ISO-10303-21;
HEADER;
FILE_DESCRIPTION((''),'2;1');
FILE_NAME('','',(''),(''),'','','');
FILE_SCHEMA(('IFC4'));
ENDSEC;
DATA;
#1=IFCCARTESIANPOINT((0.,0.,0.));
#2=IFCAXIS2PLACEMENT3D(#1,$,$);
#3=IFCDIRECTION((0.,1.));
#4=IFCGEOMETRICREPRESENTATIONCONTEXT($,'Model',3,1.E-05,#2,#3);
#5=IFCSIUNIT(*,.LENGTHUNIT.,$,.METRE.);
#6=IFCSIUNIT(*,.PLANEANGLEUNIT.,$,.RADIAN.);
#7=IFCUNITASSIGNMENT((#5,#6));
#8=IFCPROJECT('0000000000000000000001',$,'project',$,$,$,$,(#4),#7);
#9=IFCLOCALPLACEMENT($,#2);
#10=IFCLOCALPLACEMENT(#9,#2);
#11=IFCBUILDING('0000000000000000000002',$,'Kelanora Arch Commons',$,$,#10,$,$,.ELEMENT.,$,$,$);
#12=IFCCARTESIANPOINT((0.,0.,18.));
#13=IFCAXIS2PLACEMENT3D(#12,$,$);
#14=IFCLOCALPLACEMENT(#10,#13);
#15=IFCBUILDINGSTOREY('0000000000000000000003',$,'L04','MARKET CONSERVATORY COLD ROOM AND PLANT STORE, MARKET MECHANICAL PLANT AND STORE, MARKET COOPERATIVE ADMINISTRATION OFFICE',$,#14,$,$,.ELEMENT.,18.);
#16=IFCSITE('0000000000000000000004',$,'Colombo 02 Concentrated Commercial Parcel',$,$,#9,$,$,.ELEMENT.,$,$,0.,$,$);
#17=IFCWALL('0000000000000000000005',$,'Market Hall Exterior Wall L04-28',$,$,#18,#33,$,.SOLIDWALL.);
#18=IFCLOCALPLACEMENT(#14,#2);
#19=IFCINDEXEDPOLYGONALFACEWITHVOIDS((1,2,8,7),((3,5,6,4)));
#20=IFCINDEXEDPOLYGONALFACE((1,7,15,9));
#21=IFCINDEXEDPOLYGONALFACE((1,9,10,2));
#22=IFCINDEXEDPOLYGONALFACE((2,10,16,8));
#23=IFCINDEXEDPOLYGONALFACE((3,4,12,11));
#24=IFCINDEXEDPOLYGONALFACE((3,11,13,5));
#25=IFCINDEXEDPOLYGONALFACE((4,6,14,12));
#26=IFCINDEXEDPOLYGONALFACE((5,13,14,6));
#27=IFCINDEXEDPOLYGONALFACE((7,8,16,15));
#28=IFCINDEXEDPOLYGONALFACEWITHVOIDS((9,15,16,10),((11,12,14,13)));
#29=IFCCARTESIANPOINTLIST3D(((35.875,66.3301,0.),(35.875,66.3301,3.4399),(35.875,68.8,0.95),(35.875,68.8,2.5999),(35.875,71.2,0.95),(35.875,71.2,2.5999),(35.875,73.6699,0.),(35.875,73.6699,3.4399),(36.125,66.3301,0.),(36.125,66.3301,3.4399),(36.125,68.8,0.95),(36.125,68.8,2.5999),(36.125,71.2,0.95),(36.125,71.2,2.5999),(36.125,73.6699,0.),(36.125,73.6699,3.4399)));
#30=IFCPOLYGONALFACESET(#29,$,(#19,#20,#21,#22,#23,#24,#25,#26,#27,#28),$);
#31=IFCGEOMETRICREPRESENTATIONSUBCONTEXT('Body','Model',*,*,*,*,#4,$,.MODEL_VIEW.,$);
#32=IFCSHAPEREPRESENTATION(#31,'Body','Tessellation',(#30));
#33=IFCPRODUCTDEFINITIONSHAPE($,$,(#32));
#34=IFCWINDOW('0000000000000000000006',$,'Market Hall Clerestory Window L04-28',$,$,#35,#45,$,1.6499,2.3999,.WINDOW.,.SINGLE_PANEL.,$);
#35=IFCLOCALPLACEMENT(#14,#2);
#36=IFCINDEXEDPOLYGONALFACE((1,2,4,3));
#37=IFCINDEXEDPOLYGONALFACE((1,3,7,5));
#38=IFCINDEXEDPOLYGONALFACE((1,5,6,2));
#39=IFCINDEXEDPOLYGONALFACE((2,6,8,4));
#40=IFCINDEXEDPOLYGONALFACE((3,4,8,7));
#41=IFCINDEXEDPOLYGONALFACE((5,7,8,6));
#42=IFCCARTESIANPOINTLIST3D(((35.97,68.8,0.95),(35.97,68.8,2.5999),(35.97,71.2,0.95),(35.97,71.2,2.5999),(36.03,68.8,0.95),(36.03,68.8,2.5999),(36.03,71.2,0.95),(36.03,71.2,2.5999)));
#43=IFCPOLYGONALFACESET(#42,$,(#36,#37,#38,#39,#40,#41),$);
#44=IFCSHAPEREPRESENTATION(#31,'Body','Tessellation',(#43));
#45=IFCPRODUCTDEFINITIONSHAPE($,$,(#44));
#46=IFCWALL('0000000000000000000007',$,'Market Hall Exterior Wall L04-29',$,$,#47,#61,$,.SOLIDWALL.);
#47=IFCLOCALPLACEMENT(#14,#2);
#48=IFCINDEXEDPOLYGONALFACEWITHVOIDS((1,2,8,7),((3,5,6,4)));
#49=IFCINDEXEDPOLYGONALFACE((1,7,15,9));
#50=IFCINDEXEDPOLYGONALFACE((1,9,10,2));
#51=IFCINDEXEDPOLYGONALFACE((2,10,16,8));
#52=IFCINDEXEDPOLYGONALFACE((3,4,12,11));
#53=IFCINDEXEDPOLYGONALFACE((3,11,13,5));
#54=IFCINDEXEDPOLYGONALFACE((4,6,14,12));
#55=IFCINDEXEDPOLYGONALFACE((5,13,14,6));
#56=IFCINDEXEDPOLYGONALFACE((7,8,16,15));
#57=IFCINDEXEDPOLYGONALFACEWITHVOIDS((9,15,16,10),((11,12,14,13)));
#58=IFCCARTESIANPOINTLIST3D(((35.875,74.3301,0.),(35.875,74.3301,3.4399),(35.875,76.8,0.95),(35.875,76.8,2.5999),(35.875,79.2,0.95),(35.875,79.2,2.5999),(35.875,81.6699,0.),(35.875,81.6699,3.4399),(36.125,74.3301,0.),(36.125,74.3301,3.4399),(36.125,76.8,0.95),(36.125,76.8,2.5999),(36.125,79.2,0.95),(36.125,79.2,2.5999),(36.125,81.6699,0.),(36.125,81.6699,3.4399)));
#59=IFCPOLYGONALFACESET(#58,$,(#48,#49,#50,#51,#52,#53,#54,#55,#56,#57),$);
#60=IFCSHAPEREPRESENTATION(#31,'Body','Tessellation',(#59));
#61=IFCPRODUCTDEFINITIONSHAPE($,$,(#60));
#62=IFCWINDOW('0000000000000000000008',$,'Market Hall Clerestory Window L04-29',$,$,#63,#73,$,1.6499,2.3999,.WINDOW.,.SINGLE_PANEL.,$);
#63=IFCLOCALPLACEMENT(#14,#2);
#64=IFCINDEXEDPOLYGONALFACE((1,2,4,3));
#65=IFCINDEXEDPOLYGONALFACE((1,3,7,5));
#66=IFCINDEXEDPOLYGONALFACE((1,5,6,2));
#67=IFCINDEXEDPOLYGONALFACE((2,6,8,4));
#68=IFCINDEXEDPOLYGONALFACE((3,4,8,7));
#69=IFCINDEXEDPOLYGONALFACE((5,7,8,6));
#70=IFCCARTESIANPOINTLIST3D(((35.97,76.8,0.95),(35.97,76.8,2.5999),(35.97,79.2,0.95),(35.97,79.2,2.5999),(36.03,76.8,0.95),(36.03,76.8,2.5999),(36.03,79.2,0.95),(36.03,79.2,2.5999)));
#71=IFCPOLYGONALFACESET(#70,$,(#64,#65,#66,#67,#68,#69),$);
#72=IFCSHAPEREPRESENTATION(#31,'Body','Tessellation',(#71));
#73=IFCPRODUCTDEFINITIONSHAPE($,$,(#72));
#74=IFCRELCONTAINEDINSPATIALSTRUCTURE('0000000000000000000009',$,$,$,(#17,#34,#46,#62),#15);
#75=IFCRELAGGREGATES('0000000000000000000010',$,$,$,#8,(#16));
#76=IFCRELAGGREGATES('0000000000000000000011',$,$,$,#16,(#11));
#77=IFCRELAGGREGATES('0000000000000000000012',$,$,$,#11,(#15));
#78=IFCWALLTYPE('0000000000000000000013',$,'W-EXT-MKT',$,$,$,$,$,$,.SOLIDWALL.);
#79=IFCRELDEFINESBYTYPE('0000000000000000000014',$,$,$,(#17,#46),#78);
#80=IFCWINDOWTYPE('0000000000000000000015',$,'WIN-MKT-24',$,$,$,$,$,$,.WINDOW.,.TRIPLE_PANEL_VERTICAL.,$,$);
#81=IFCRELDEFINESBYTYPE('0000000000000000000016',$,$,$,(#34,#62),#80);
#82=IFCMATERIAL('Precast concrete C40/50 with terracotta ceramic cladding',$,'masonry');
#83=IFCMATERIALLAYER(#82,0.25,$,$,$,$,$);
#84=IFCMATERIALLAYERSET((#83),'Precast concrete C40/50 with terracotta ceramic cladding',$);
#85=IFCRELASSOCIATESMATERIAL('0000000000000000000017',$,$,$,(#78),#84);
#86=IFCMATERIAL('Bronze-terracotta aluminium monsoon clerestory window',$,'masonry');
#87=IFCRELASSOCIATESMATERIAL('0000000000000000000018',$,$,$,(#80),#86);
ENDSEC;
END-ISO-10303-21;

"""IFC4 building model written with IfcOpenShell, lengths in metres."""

from ifc_helpers import new_model, si_unit, direction, frame, frame_2d, origin, place, context, subcontext, project, spatial, rectangle, extrude, material, layer, layer_set, type_object, element, fill, save


model = new_model("IFC4")

# Units and contexts
model_context = context("Model", 3, precision=1e-05, world=origin(), true_north=direction((0.0, 1.0)))
body_context = subcontext(model_context, "Body", "Model", "MODEL_VIEW")
ifc_project = project(units=[si_unit("LENGTHUNIT", "METRE"), si_unit("PLANEANGLEUNIT", "RADIAN")], contexts=[model_context])

# Site, building, storey
site_placement = place(None, origin())
site = spatial("IfcSite", under=ifc_project, at=site_placement, Name="Colombo 02 Concentrated Commercial Parcel", CompositionType="ELEMENT", RefElevation=0.0)
building_placement = place(site_placement, origin())
building = spatial("IfcBuilding", under=site, at=building_placement, Name="Kelanora Arch Commons", CompositionType="ELEMENT")
storey_placement = place(building_placement, frame((0.0, 0.0, 18.0)))
storey = spatial("IfcBuildingStorey", under=building, at=storey_placement, Name="L04", Description="MARKET CONSERVATORY COLD ROOM AND PLANT STORE, MARKET MECHANICAL PLANT AND STORE, MARKET COOPERATIVE ADMINISTRATION OFFICE", CompositionType="ELEMENT", Elevation=18.0)

# Walls, openings, windows
ifc_material_1 = material(Name="Precast concrete C40/50 with terracotta ceramic cladding", Category="masonry")
ifc_layer_1 = layer(ifc_material_1, 0.25)
ifc_layer_set_1 = layer_set([ifc_layer_1], Name="Precast concrete C40/50 with terracotta ceramic cladding")
wall_type = type_object("IfcWallType", Name="W-EXT-MKT", PredefinedType="SOLIDWALL", material=ifc_layer_set_1)
wall_1_placement = place(storey_placement, frame((36.0, 66.3301, 0.0), z_axis=(0.0, 0.0, 1.0), x_axis=(0.0, 1.0, 0.0)))
wall_1 = element("IfcWall", 1, at=wall_1_placement, inside=storey, type_object=wall_type, Name="Market Hall Exterior Wall L04-28", PredefinedType="SOLIDWALL", context=body_context, shape_type="SweptSolid", body=[
    extrude(rectangle(XDim=7.3398, YDim=0.25, at=frame_2d((3.6699, 0.0))), origin(), (0.0, 0.0, 1.0), 3.4399),
])
opening_1_placement = place(wall_1_placement, frame((2.47, 0.0, 0.95)))
opening_1 = element("IfcOpeningElement", 2, at=opening_1_placement, cuts=wall_1, PredefinedType="OPENING", context=body_context, shape_type="SweptSolid", body=[
    extrude(rectangle(XDim=2.3999, YDim=1.6499, at=frame_2d((1.2, 0.825))), frame((0.0, 0.135, 0.0), z_axis=(0.0, -1.0, 0.0), x_axis=(1.0, 0.0, 0.0)), (0.0, 0.0, 1.0), 0.27),
])
ifc_material_2 = material(Name="Bronze-terracotta aluminium monsoon clerestory window", Category="masonry")
window_type = type_object("IfcWindowType", Name="WIN-MKT-24", PartitioningType="TRIPLE_PANEL_VERTICAL", PredefinedType="WINDOW", material=ifc_material_2)
window_1_placement = place(opening_1_placement, origin())
window_1 = element("IfcWindow", 3, at=window_1_placement, inside=storey, type_object=window_type, Name="Market Hall Clerestory Window L04-28", OverallHeight=1.6499, OverallWidth=2.3999, PartitioningType="SINGLE_PANEL", PredefinedType="WINDOW", context=body_context, shape_type="SweptSolid", body=[
    extrude(rectangle(XDim=2.3999, YDim=1.6499, at=frame_2d((1.2, 0.825))), frame((0.0, 0.03, 0.0), z_axis=(0.0, -1.0, 0.0), x_axis=(1.0, 0.0, 0.0)), (0.0, 0.0, 1.0), 0.0601),
])
fill(opening_1, window_1)
wall_2_placement = place(storey_placement, frame((36.0, 74.3301, 0.0), z_axis=(0.0, 0.0, 1.0), x_axis=(0.0, 1.0, 0.0)))
wall_2 = element("IfcWall", 4, at=wall_2_placement, inside=storey, type_object=wall_type, Name="Market Hall Exterior Wall L04-29", PredefinedType="SOLIDWALL", context=body_context, shape_type="SweptSolid", body=[
    extrude(rectangle(XDim=7.3398, YDim=0.25, at=frame_2d((3.6699, 0.0))), origin(), (0.0, 0.0, 1.0), 3.4399),
])
opening_2_placement = place(wall_2_placement, frame((2.47, 0.0, 0.95)))
opening_2 = element("IfcOpeningElement", 5, at=opening_2_placement, cuts=wall_2, PredefinedType="OPENING", context=body_context, shape_type="SweptSolid", body=[
    extrude(rectangle(XDim=2.3999, YDim=1.6499, at=frame_2d((1.2, 0.825))), frame((0.0, 0.135, 0.0), z_axis=(0.0, -1.0, 0.0), x_axis=(1.0, 0.0, 0.0)), (0.0, 0.0, 1.0), 0.27),
])
window_2_placement = place(opening_2_placement, origin())
window_2 = element("IfcWindow", 6, at=window_2_placement, inside=storey, type_object=window_type, Name="Market Hall Clerestory Window L04-29", OverallHeight=1.6499, OverallWidth=2.3999, PartitioningType="SINGLE_PANEL", PredefinedType="WINDOW", context=body_context, shape_type="SweptSolid", body=[
    extrude(rectangle(XDim=2.3999, YDim=1.6499, at=frame_2d((1.2, 0.825))), frame((0.0, 0.03, 0.0), z_axis=(0.0, -1.0, 0.0), x_axis=(1.0, 0.0, 0.0)), (0.0, 0.0, 1.0), 0.0601),
])
fill(opening_2, window_2)

save(model, "model.ifc")
